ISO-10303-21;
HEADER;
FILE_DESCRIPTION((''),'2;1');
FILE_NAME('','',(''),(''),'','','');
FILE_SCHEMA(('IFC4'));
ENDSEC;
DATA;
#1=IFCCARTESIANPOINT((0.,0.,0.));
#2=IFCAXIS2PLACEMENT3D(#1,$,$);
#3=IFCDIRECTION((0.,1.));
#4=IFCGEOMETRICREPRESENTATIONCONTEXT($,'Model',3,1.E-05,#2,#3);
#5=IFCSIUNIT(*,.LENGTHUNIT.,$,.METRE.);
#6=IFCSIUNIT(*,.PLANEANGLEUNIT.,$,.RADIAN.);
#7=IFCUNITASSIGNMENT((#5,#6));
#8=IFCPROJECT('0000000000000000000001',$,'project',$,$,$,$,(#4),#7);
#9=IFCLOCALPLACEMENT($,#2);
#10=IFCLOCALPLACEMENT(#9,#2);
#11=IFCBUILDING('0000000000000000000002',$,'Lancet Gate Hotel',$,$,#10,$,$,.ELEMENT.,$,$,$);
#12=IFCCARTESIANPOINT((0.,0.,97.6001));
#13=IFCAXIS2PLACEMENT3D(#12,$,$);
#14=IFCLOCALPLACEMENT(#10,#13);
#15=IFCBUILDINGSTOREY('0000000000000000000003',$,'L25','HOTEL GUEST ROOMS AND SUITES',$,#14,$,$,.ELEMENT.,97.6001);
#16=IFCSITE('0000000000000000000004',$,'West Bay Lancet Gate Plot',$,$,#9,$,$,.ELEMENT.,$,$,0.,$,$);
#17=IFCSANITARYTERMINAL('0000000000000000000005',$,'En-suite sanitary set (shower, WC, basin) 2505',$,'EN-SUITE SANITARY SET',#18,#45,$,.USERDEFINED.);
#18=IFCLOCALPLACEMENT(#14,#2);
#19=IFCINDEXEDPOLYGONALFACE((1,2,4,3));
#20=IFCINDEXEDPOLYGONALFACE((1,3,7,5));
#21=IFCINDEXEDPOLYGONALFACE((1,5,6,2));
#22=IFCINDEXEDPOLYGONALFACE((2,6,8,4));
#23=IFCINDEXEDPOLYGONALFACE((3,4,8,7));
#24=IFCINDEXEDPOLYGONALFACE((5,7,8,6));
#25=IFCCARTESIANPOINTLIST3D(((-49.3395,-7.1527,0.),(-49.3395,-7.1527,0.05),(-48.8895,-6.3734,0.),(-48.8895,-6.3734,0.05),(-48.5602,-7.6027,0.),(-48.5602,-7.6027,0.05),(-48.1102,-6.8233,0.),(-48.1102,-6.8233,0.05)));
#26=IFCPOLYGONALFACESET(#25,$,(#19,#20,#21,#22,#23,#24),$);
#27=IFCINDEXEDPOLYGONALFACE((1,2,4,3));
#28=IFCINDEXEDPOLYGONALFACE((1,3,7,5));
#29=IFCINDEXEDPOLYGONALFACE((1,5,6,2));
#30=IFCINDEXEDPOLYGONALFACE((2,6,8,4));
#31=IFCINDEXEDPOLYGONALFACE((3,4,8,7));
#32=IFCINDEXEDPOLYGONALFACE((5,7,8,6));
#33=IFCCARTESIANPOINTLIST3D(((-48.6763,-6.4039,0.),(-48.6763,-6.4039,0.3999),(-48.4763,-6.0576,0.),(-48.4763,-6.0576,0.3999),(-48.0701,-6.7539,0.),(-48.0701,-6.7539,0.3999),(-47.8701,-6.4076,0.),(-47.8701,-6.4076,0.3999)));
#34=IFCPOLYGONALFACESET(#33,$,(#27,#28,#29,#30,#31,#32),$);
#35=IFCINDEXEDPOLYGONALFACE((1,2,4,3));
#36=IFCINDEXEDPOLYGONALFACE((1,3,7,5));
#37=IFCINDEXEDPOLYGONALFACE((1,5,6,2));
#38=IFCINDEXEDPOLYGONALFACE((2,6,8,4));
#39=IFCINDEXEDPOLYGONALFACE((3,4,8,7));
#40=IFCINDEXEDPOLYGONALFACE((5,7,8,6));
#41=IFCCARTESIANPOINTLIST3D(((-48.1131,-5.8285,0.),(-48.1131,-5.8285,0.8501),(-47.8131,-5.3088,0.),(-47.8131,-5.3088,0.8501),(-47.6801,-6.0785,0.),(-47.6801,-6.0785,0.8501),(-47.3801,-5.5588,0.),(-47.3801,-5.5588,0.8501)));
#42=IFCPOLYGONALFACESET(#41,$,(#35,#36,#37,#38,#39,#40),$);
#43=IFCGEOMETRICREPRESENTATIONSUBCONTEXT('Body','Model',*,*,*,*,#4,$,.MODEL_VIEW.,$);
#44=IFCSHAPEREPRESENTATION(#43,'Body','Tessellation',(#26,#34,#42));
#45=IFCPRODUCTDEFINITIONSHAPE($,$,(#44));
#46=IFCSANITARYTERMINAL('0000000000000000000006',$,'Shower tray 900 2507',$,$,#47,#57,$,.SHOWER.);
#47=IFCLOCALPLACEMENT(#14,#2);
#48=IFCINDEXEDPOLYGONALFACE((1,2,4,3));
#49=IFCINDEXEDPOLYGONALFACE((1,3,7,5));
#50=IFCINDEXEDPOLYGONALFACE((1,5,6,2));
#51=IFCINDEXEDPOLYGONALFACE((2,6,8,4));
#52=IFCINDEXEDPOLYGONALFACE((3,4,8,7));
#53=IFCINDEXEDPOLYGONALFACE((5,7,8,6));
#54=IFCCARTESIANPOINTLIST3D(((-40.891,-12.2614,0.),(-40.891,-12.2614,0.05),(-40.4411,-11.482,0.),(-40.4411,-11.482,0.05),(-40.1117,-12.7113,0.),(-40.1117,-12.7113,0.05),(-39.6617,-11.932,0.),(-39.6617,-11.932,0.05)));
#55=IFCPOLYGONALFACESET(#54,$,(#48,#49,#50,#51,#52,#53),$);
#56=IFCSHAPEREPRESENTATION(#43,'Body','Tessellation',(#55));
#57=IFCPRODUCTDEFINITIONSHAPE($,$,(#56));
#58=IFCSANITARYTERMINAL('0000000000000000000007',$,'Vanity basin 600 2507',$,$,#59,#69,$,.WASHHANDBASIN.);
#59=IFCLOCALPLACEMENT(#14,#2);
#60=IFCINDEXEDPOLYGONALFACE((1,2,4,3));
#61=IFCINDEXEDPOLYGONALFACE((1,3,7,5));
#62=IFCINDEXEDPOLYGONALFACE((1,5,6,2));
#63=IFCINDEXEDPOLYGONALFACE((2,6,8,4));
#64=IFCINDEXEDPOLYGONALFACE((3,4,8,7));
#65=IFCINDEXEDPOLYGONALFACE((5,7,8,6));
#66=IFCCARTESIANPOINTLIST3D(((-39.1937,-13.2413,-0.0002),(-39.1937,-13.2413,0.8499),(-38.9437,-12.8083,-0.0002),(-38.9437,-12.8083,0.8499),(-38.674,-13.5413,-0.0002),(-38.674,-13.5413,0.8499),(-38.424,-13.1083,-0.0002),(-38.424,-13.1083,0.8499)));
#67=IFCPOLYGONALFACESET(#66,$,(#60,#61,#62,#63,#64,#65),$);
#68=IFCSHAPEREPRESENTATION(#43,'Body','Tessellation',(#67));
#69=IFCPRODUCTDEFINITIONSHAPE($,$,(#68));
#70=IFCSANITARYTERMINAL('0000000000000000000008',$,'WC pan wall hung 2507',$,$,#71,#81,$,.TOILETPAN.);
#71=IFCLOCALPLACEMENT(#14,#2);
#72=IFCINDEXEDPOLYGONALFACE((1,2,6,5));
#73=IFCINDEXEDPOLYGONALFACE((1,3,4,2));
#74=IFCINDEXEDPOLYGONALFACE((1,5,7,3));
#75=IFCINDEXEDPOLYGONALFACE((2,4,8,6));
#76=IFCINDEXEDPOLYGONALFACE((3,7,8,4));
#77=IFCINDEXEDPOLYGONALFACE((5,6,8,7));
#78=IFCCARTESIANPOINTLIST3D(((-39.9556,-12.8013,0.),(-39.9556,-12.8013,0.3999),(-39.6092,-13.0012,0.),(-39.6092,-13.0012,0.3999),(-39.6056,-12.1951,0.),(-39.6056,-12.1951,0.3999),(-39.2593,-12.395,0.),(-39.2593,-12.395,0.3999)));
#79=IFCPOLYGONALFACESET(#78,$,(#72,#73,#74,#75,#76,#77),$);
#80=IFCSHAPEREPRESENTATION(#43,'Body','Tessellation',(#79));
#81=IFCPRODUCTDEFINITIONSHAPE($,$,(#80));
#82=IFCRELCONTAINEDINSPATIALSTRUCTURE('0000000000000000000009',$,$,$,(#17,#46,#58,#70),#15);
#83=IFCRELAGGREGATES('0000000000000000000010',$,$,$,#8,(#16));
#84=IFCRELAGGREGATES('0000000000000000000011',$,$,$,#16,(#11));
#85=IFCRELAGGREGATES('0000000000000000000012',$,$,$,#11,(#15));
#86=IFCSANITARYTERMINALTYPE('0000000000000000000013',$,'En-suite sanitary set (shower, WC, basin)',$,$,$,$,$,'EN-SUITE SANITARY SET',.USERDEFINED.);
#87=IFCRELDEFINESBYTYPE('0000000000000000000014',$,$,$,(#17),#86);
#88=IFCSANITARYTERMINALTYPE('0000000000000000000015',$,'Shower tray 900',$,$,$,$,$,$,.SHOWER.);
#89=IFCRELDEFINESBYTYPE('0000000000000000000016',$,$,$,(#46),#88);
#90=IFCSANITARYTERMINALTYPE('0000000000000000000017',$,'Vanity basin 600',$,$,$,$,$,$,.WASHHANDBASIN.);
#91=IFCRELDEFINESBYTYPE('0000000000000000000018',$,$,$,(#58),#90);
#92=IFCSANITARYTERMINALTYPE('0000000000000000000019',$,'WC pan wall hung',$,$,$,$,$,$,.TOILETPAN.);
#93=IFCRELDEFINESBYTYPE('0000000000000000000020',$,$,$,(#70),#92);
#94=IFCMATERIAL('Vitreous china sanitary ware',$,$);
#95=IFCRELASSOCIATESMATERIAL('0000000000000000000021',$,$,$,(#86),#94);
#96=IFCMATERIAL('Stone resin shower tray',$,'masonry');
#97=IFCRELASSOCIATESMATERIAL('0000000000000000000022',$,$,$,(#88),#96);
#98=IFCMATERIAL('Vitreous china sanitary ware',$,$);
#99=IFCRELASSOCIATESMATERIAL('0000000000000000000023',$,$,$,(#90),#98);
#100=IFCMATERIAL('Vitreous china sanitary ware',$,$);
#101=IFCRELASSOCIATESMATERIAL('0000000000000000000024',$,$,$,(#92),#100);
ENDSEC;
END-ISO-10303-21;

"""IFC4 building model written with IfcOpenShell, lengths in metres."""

from ifc_helpers import new_model, si_unit, direction, frame, origin, origin_2d, place, context, subcontext, project, spatial, rectangle, extrude, material, type_object, element, save


model = new_model("IFC4")

# Units and contexts
model_context = context("Model", 3, precision=1e-05, world=origin(), true_north=direction((0.0, 1.0)))
body_context = subcontext(model_context, "Body", "Model", "MODEL_VIEW")
ifc_project = project(units=[si_unit("LENGTHUNIT", "METRE"), si_unit("PLANEANGLEUNIT", "RADIAN")], contexts=[model_context])

# Site, building, storey
site_placement = place(None, origin())
site = spatial("IfcSite", under=ifc_project, at=site_placement, Name="West Bay Lancet Gate Plot", CompositionType="ELEMENT", RefElevation=0.0)
building_placement = place(site_placement, origin())
building = spatial("IfcBuilding", under=site, at=building_placement, Name="Lancet Gate Hotel", CompositionType="ELEMENT")
storey_placement = place(building_placement, frame((0.0, 0.0, 97.6001)))
storey = spatial("IfcBuildingStorey", under=building, at=storey_placement, Name="L25", Description="HOTEL GUEST ROOMS AND SUITES", CompositionType="ELEMENT", Elevation=97.6001)

# Sanitary terminals
ifc_material_1 = material(Name="Vitreous china sanitary ware")
sanitary_terminal_type_1 = type_object("IfcSanitaryTerminalType", Name="En-suite sanitary set (shower, WC, basin)", ElementType="EN-SUITE SANITARY SET", PredefinedType="USERDEFINED", material=ifc_material_1)
sanitary_terminal_1_placement = place(storey_placement, frame((-48.7249, -6.988, 0.0), z_axis=(0.0, 0.0, 1.0), x_axis=(1.0, 0.0, 0.0)))
element("IfcSanitaryTerminal", 1, at=sanitary_terminal_1_placement, inside=storey, type_object=sanitary_terminal_type_1, Name="En-suite sanitary set (shower, WC, basin) 2505", ObjectType="EN-SUITE SANITARY SET", PredefinedType="USERDEFINED", context=body_context, shape_type="SweptSolid", body=[
    extrude(rectangle(XDim=0.8999, YDim=0.8999, at=origin_2d()), frame((0.0, 0.0, 0.0), z_axis=(0.0, 0.0, 1.0), x_axis=(-0.5, -0.866025, 0.0)), (0.0, 0.0, 1.0), 0.05),
    extrude(rectangle(XDim=0.3999, YDim=0.7, at=origin_2d()), frame((0.4517, 0.5823, 0.0), z_axis=(0.0, 0.0, 1.0), x_axis=(-0.5, -0.866025, 0.0)), (0.0, 0.0, 1.0), 0.3999),
    extrude(rectangle(XDim=0.6001, YDim=0.5, at=origin_2d()), frame((0.9783, 1.2944, 0.0), z_axis=(0.0, 0.0, 1.0), x_axis=(-0.5, -0.866025, 0.0)), (0.0, 0.0, 1.0), 0.8501),
])
ifc_material_2 = material(Name="Stone resin shower tray", Category="masonry")
sanitary_terminal_type_2 = type_object("IfcSanitaryTerminalType", Name="Shower tray 900", PredefinedType="SHOWER", material=ifc_material_2)
sanitary_terminal_2_placement = place(storey_placement, frame((-40.2764, -12.0967, 0.0), z_axis=(0.0, 0.0, 1.0), x_axis=(-0.866025, 0.5, 0.0)))
element("IfcSanitaryTerminal", 2, at=sanitary_terminal_2_placement, inside=storey, type_object=sanitary_terminal_type_2, Name="Shower tray 900 2507", PredefinedType="SHOWER", context=body_context, shape_type="SweptSolid", body=[
    extrude(rectangle(XDim=0.8999, YDim=0.8999, at=origin_2d()), origin(), (0.0, 0.0, 1.0), 0.05),
])
ifc_material_3 = material(Name="Vitreous china sanitary ware")
sanitary_terminal_type_3 = type_object("IfcSanitaryTerminalType", Name="Vanity basin 600", PredefinedType="WASHHANDBASIN", material=ifc_material_3)
sanitary_terminal_3_placement = place(storey_placement, frame((-38.8088, -13.1748, -0.0002), z_axis=(0.0, 0.0, 1.0), x_axis=(-0.866025, 0.5, 0.0)))
element("IfcSanitaryTerminal", 3, at=sanitary_terminal_3_placement, inside=storey, type_object=sanitary_terminal_type_3, Name="Vanity basin 600 2507", PredefinedType="WASHHANDBASIN", context=body_context, shape_type="SweptSolid", body=[
    extrude(rectangle(XDim=0.6001, YDim=0.5, at=origin_2d()), origin(), (0.0, 0.0, 1.0), 0.8501),
])
ifc_material_4 = material(Name="Vitreous china sanitary ware")
sanitary_terminal_type_4 = type_object("IfcSanitaryTerminalType", Name="WC pan wall hung", PredefinedType="TOILETPAN", material=ifc_material_4)
sanitary_terminal_4_placement = place(storey_placement, frame((-39.6074, -12.5981, 0.0), z_axis=(0.0, 0.0, 1.0), x_axis=(-0.866025, 0.5, 0.0)))
element("IfcSanitaryTerminal", 4, at=sanitary_terminal_4_placement, inside=storey, type_object=sanitary_terminal_type_4, Name="WC pan wall hung 2507", PredefinedType="TOILETPAN", context=body_context, shape_type="SweptSolid", body=[
    extrude(rectangle(XDim=0.3999, YDim=0.7, at=origin_2d()), origin(), (0.0, 0.0, 1.0), 0.3999),
])

save(model, "model.ifc")
